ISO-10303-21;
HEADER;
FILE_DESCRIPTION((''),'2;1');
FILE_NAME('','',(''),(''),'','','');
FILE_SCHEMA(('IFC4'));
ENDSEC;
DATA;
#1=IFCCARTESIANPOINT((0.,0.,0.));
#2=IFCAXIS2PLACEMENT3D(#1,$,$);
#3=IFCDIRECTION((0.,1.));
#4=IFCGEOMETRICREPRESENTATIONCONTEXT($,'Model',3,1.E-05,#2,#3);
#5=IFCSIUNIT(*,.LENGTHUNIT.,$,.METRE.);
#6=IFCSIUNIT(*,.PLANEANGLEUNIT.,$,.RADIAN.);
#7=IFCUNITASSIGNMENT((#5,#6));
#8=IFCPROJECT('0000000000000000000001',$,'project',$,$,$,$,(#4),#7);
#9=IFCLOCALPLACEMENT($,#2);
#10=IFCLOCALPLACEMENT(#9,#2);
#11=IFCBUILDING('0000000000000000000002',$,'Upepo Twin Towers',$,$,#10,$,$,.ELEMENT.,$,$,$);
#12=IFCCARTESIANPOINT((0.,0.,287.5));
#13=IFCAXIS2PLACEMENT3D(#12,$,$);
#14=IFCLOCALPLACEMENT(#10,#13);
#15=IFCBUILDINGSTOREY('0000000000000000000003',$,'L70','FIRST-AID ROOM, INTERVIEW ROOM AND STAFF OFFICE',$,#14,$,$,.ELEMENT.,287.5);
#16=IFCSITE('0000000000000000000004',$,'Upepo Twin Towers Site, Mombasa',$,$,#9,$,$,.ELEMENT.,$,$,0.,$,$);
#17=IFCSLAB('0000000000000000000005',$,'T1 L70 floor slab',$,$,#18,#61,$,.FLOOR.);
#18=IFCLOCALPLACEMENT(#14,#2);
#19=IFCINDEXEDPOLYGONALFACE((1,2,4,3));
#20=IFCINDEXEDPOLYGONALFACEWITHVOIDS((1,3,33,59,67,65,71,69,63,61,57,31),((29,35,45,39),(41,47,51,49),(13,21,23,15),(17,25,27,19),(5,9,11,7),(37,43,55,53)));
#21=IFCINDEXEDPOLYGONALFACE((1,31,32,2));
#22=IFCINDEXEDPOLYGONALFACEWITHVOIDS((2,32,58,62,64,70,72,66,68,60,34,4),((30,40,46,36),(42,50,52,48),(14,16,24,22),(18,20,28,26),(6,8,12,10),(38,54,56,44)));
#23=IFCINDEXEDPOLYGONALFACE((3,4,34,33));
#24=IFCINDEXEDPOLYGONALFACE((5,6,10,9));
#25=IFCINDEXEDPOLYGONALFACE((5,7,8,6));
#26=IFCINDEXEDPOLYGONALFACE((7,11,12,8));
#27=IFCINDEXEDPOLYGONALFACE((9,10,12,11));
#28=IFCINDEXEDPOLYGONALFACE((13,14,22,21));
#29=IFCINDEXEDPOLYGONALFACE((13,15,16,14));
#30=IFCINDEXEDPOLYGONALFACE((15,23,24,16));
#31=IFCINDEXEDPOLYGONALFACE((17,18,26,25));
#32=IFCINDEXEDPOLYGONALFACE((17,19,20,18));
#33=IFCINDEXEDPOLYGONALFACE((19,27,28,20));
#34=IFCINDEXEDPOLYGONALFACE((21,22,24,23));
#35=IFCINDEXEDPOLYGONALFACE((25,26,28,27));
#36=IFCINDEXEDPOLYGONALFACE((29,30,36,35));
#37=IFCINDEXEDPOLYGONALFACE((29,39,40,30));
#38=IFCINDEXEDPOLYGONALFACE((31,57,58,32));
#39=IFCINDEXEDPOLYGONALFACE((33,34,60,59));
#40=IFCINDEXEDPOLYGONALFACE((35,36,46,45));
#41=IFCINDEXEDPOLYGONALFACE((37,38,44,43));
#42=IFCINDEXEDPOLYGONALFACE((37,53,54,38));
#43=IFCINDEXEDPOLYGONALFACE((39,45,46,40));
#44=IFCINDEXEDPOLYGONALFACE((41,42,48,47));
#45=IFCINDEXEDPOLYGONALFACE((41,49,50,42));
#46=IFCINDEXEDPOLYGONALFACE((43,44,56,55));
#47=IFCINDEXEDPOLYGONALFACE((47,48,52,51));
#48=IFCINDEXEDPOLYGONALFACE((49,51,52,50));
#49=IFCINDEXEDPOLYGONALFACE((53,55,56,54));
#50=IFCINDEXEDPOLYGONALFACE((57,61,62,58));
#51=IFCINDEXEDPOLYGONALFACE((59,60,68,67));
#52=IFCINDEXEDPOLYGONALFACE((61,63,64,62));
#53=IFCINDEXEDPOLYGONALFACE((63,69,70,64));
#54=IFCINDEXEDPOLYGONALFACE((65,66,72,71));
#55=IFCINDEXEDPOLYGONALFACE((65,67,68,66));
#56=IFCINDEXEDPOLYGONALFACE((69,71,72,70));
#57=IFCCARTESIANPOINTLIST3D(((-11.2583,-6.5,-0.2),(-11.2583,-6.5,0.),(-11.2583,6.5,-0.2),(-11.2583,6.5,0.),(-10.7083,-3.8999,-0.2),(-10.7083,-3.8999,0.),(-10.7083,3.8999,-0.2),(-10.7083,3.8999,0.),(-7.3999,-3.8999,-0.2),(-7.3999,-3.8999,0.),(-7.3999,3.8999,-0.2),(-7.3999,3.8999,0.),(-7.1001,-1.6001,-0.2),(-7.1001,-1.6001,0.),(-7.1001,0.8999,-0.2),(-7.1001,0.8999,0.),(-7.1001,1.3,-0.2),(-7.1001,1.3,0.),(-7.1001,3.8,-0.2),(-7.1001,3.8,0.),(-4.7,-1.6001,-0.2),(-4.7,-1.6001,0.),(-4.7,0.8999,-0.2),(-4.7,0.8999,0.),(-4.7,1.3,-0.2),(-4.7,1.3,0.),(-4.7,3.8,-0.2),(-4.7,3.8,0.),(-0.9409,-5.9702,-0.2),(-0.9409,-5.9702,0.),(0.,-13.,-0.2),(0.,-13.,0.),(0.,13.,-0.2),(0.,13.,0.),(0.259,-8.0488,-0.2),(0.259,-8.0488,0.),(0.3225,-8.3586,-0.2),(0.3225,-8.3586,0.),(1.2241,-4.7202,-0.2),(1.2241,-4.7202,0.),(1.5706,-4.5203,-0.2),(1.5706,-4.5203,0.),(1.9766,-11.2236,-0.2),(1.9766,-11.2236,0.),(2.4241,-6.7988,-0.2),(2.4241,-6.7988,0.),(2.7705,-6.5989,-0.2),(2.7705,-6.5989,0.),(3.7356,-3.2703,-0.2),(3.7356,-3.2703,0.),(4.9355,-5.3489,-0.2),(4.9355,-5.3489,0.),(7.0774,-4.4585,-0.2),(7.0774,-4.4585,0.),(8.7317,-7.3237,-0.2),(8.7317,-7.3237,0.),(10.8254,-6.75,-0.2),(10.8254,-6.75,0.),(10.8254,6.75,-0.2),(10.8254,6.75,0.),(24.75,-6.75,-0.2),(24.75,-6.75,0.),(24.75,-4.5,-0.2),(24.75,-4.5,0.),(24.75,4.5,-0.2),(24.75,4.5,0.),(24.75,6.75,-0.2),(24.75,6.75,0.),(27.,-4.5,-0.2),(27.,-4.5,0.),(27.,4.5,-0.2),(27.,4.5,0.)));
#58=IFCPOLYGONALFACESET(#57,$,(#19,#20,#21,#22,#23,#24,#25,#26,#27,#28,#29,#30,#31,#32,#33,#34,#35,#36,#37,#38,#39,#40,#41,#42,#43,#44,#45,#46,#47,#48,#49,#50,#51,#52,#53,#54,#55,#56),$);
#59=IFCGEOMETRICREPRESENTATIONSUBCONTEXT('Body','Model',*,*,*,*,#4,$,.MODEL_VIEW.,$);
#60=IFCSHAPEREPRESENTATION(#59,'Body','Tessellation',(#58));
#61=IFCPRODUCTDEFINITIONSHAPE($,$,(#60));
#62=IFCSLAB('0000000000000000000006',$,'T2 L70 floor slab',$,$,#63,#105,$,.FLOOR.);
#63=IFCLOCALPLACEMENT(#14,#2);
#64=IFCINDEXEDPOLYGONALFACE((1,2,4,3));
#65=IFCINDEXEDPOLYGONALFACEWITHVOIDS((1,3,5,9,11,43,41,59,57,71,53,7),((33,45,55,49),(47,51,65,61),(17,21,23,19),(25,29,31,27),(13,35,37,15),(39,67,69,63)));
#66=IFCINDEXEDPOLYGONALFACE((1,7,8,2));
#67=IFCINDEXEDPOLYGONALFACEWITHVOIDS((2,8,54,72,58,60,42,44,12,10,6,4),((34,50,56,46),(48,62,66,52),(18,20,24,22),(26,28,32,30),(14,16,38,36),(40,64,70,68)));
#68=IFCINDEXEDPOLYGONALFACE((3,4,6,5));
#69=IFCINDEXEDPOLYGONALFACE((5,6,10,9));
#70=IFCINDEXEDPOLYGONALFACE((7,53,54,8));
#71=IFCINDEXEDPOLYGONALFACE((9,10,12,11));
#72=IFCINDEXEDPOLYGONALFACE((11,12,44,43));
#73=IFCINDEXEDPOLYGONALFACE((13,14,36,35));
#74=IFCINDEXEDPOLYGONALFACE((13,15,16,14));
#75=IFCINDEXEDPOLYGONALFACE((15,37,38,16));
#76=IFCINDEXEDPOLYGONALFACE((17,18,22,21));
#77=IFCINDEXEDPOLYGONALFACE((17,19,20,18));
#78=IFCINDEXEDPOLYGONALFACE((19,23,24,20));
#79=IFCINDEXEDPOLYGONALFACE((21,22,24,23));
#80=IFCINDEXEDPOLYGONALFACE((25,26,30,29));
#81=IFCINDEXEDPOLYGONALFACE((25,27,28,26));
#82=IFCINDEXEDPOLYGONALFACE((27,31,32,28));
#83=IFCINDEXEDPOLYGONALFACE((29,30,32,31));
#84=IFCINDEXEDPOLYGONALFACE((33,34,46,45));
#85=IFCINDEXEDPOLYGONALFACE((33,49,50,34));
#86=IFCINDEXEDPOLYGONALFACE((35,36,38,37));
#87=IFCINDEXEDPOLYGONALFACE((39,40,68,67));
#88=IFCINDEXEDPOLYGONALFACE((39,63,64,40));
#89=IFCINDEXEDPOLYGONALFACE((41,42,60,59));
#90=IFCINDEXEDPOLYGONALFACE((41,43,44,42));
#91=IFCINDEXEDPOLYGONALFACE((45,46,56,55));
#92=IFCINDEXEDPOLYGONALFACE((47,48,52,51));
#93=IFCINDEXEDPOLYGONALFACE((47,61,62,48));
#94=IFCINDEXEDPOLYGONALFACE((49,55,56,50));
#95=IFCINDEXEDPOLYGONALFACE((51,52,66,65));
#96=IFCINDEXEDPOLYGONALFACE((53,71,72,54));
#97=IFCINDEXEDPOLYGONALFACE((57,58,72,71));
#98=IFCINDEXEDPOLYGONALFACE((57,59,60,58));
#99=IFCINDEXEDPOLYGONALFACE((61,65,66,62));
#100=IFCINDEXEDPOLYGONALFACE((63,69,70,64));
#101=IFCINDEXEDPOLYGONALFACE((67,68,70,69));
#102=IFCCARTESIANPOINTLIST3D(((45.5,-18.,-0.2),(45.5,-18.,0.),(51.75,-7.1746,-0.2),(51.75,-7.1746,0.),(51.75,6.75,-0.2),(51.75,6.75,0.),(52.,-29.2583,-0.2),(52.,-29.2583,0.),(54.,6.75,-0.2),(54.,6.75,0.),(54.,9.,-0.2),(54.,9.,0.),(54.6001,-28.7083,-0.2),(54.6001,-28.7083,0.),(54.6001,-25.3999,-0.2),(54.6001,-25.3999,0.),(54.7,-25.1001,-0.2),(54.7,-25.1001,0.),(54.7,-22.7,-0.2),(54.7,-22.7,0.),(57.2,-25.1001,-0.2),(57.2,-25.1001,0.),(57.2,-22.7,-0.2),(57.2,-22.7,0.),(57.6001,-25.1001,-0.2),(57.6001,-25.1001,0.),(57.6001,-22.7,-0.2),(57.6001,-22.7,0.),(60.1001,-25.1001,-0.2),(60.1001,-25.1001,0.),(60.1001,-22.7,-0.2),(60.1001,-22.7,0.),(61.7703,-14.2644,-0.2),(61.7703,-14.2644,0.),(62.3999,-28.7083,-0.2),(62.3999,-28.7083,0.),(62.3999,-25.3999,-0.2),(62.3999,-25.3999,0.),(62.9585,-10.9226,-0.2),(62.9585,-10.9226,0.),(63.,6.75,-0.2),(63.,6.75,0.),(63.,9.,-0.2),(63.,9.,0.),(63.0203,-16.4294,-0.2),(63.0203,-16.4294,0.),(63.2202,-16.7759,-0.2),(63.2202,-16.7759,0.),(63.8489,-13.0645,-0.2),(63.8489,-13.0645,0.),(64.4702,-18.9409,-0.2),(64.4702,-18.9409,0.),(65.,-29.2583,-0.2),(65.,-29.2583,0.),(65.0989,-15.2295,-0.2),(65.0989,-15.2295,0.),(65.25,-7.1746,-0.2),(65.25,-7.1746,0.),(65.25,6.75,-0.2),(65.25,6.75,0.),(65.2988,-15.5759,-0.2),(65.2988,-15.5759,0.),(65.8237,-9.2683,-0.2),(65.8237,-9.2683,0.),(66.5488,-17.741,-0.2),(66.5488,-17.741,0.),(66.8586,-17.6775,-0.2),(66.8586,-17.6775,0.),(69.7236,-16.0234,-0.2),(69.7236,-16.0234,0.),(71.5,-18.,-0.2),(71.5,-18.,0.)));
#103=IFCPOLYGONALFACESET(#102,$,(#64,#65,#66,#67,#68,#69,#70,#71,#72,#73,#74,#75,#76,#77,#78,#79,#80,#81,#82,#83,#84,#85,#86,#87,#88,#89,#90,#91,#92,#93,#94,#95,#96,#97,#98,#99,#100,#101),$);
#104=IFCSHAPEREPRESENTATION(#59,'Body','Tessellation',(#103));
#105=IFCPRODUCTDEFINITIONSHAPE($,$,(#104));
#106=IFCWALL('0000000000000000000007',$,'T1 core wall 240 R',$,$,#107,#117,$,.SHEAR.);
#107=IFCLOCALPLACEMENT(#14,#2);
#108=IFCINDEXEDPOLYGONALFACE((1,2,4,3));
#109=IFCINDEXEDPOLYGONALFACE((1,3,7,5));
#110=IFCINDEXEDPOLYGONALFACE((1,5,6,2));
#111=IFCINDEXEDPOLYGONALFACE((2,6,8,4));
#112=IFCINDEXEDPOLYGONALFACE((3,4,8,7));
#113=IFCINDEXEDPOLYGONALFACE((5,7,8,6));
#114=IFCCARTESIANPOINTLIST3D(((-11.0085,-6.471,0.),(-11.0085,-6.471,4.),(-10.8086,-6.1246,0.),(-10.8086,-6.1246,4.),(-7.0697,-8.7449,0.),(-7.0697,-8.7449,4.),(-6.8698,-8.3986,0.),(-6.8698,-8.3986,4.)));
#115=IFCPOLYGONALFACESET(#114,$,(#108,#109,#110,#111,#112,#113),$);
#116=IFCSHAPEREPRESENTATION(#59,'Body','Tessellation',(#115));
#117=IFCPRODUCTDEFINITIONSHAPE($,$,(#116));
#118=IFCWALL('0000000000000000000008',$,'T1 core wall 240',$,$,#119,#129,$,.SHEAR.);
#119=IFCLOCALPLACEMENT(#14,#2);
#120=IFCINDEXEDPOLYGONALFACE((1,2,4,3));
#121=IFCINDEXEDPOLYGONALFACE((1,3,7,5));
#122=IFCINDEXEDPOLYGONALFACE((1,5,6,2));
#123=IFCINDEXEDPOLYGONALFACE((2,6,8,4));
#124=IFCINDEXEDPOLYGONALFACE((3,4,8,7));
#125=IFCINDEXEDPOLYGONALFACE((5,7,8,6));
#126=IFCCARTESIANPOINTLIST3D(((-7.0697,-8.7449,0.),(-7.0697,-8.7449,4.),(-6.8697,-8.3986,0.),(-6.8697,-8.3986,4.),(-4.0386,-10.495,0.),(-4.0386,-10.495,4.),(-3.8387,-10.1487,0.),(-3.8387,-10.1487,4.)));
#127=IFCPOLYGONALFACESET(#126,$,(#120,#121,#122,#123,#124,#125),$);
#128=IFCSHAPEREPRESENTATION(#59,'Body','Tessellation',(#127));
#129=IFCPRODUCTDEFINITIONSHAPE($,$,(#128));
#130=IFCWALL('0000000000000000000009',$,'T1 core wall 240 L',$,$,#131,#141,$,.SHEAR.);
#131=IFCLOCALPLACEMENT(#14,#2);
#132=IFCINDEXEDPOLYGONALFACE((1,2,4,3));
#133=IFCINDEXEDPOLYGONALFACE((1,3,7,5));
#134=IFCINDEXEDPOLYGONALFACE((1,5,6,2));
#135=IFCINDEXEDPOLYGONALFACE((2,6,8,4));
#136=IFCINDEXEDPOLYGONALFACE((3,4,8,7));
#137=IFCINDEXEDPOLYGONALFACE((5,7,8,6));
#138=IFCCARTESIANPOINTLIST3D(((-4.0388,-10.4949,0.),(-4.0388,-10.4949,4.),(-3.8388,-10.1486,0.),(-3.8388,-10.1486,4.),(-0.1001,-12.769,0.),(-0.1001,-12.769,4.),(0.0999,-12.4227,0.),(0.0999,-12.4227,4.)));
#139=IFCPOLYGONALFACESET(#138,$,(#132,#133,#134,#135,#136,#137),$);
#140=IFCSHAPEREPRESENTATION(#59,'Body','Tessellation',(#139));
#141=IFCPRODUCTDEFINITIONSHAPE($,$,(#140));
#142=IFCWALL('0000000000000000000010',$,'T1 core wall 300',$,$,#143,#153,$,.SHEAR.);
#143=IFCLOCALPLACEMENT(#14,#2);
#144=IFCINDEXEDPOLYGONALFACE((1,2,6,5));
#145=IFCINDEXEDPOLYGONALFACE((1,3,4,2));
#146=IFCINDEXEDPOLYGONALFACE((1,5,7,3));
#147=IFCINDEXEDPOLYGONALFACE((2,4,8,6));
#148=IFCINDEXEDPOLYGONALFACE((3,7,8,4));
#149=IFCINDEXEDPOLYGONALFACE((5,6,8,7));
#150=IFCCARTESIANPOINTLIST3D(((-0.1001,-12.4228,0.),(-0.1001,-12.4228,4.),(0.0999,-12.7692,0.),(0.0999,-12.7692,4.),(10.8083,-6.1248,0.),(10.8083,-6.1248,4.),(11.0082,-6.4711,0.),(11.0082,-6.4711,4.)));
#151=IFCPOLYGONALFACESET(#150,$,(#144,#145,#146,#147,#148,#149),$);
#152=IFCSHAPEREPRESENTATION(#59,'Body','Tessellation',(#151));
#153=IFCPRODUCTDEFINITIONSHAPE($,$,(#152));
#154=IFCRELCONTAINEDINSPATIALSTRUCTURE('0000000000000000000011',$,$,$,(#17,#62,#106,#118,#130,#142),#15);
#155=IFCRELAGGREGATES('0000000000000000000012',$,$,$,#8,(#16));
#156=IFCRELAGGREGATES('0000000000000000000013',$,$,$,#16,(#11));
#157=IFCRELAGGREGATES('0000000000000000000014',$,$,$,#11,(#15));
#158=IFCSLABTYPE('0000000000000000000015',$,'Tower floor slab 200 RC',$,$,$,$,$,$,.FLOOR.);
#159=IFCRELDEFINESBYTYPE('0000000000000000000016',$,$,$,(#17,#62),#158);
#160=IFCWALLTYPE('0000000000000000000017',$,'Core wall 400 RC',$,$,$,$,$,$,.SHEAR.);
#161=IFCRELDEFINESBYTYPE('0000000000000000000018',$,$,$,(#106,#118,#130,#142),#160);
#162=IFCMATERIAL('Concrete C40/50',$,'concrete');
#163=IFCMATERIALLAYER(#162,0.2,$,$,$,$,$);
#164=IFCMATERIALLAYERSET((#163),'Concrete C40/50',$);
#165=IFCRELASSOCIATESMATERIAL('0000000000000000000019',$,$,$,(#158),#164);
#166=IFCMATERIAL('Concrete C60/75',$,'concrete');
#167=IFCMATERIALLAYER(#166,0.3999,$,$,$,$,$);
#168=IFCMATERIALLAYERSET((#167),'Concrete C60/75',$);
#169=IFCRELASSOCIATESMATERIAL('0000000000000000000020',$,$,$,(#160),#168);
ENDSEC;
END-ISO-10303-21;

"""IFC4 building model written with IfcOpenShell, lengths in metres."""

from ifc_helpers import new_model, si_unit, direction, frame, frame_2d, origin, place, context, subcontext, project, spatial, polyline, rectangle, outline, extrude, material, layer, layer_set, type_object, element, save


model = new_model("IFC4")

# Units and contexts
model_context = context("Model", 3, precision=1e-05, world=origin(), true_north=direction((0.0, 1.0)))
body_context = subcontext(model_context, "Body", "Model", "MODEL_VIEW")
ifc_project = project(units=[si_unit("LENGTHUNIT", "METRE"), si_unit("PLANEANGLEUNIT", "RADIAN")], contexts=[model_context])

# Site, building, storey
site_placement = place(None, origin())
site = spatial("IfcSite", under=ifc_project, at=site_placement, Name="Upepo Twin Towers Site, Mombasa", CompositionType="ELEMENT", RefElevation=0.0)
building_placement = place(site_placement, origin())
building = spatial("IfcBuilding", under=site, at=building_placement, Name="Upepo Twin Towers", CompositionType="ELEMENT")
storey_placement = place(building_placement, frame((0.0, 0.0, 287.5)))
storey = spatial("IfcBuildingStorey", under=building, at=storey_placement, Name="L70", Description="FIRST-AID ROOM, INTERVIEW ROOM AND STAFF OFFICE", CompositionType="ELEMENT", Elevation=287.5)

# Slabs
ifc_material_1 = material(Name="Concrete C40/50", Category="concrete")
ifc_layer_1 = layer(ifc_material_1, 0.2)
ifc_layer_set_1 = layer_set([ifc_layer_1], Name="Concrete C40/50")
slab_type = type_object("IfcSlabType", Name="Tower floor slab 200 RC", PredefinedType="FLOOR", material=ifc_layer_set_1)
slab_1_placement = place(storey_placement, frame((0.0, 0.0, -0.2)))
element("IfcSlab", 1, at=slab_1_placement, inside=storey, type_object=slab_type, Name="T1 L70 floor slab", PredefinedType="FLOOR", context=body_context, shape_type="SweptSolid", body=[
    extrude(outline(polyline([(0.0, -13.0), (-11.2583, -6.5), (-11.2583, 6.5), (0.0, 13.0), (10.8254, 6.75), (24.75, 6.75), (24.75, 4.5), (27.0, 4.5), (27.0, -4.5), (24.75, -4.5), (24.75, -6.75), (10.8254, -6.75), (0.0, -13.0)]), holes=[polyline([(-4.7, 3.8), (-7.1001, 3.8), (-7.1001, 1.3), (-4.7, 1.3), (-4.7, 3.8)]), polyline([(-4.7, 0.8999), (-7.1001, 0.8999), (-7.1001, -1.6001), (-4.7, -1.6001), (-4.7, 0.8999)]), polyline([(-7.3999, 3.8999), (-10.7083, 3.8999), (-10.7083, -3.8999), (-7.3999, -3.8999), (-7.3999, 3.8999)]), polyline([(-0.9409, -5.9702), (0.259, -8.0488), (2.4241, -6.7988), (1.2241, -4.7202), (-0.9409, -5.9702)]), polyline([(1.5706, -4.5203), (2.7705, -6.5989), (4.9355, -5.3489), (3.7356, -3.2703), (1.5706, -4.5203)]), polyline([(0.3225, -8.3586), (1.9766, -11.2236), (8.7317, -7.3237), (7.0774, -4.4585), (0.3225, -8.3586)])]), origin(), (0.0, 0.0, 1.0), 0.2),
])
slab_2_placement = place(storey_placement, frame((0.0, 0.0, -0.2)))
element("IfcSlab", 2, at=slab_2_placement, inside=storey, type_object=slab_type, Name="T2 L70 floor slab", PredefinedType="FLOOR", context=body_context, shape_type="SweptSolid", body=[
    extrude(outline(polyline([(71.5, -18.0), (65.0, -29.2583), (52.0, -29.2583), (45.5, -18.0), (51.75, -7.1746), (51.75, 6.75), (54.0, 6.75), (54.0, 9.0), (63.0, 9.0), (63.0, 6.75), (65.25, 6.75), (65.25, -7.1746), (71.5, -18.0)]), holes=[polyline([(54.7, -22.7), (54.7, -25.1001), (57.2, -25.1001), (57.2, -22.7), (54.7, -22.7)]), polyline([(57.6001, -22.7), (57.6001, -25.1001), (60.1001, -25.1001), (60.1001, -22.7), (57.6001, -22.7)]), polyline([(54.6001, -25.3999), (54.6001, -28.7083), (62.3999, -28.7083), (62.3999, -25.3999), (54.6001, -25.3999)]), polyline([(64.4702, -18.9409), (66.5488, -17.741), (65.2988, -15.5759), (63.2202, -16.7759), (64.4702, -18.9409)]), polyline([(63.0203, -16.4294), (65.0989, -15.2295), (63.8489, -13.0645), (61.7703, -14.2644), (63.0203, -16.4294)]), polyline([(66.8586, -17.6775), (69.7236, -16.0234), (65.8237, -9.2683), (62.9585, -10.9226), (66.8586, -17.6775)])]), origin(), (0.0, 0.0, 1.0), 0.2),
])

# Walls
ifc_material_2 = material(Name="Concrete C60/75", Category="concrete")
ifc_layer_2 = layer(ifc_material_2, 0.3999)
ifc_layer_set_2 = layer_set([ifc_layer_2], Name="Concrete C60/75")
wall_type_1 = type_object("IfcWallType", Name="Core wall 400 RC", PredefinedType="SHEAR", material=ifc_layer_set_2)
wall_1_placement = place(storey_placement, frame((-10.9084, -6.2979, 0.0), z_axis=(0.0, 0.0, 1.0), x_axis=(0.866035, -0.499984, 0.0)))
element("IfcWall", 3, at=wall_1_placement, inside=storey, type_object=wall_type_1, Name="T1 core wall 240 R", PredefinedType="SHEAR", context=body_context, shape_type="SweptSolid", body=[
    extrude(rectangle(XDim=4.5481, YDim=0.3999, at=frame_2d((2.2739, 0.0))), origin(), (0.0, 0.0, 1.0), 4.0),
])
wall_2_placement = place(storey_placement, frame((-6.9697, -8.5718, 0.0), z_axis=(0.0, 0.0, 1.0), x_axis=(0.866019, -0.50001, 0.0)))
element("IfcWall", 4, at=wall_2_placement, inside=storey, type_object=wall_type_1, Name="T1 core wall 240", PredefinedType="SHEAR", context=body_context, shape_type="SweptSolid", body=[
    extrude(rectangle(XDim=3.5, YDim=0.3999, at=frame_2d((1.75, 0.0))), origin(), (0.0, 0.0, 1.0), 4.0),
])
wall_3_placement = place(storey_placement, frame((-3.9387, -10.3218, 0.0), z_axis=(0.0, 0.0, 1.0), x_axis=(0.866011, -0.500024, 0.0)))
element("IfcWall", 5, at=wall_3_placement, inside=storey, type_object=wall_type_1, Name="T1 core wall 240 L", PredefinedType="SHEAR", context=body_context, shape_type="SweptSolid", body=[
    extrude(rectangle(XDim=4.5481, YDim=0.3999, at=frame_2d((2.2739, 0.0))), origin(), (0.0, 0.0, 1.0), 4.0),
])
wall_4_placement = place(storey_placement, frame((0.0, -12.5959, 0.0), z_axis=(0.0, 0.0, 1.0), x_axis=(0.866022, 0.500006, 0.0)))
element("IfcWall", 6, at=wall_4_placement, inside=storey, type_object=wall_type_1, Name="T1 core wall 300", PredefinedType="SHEAR", context=body_context, shape_type="SweptSolid", body=[
    extrude(rectangle(XDim=12.5959, YDim=0.3999, at=frame_2d((6.2979, 0.0))), origin(), (0.0, 0.0, 1.0), 4.0),
])

save(model, "model.ifc")
